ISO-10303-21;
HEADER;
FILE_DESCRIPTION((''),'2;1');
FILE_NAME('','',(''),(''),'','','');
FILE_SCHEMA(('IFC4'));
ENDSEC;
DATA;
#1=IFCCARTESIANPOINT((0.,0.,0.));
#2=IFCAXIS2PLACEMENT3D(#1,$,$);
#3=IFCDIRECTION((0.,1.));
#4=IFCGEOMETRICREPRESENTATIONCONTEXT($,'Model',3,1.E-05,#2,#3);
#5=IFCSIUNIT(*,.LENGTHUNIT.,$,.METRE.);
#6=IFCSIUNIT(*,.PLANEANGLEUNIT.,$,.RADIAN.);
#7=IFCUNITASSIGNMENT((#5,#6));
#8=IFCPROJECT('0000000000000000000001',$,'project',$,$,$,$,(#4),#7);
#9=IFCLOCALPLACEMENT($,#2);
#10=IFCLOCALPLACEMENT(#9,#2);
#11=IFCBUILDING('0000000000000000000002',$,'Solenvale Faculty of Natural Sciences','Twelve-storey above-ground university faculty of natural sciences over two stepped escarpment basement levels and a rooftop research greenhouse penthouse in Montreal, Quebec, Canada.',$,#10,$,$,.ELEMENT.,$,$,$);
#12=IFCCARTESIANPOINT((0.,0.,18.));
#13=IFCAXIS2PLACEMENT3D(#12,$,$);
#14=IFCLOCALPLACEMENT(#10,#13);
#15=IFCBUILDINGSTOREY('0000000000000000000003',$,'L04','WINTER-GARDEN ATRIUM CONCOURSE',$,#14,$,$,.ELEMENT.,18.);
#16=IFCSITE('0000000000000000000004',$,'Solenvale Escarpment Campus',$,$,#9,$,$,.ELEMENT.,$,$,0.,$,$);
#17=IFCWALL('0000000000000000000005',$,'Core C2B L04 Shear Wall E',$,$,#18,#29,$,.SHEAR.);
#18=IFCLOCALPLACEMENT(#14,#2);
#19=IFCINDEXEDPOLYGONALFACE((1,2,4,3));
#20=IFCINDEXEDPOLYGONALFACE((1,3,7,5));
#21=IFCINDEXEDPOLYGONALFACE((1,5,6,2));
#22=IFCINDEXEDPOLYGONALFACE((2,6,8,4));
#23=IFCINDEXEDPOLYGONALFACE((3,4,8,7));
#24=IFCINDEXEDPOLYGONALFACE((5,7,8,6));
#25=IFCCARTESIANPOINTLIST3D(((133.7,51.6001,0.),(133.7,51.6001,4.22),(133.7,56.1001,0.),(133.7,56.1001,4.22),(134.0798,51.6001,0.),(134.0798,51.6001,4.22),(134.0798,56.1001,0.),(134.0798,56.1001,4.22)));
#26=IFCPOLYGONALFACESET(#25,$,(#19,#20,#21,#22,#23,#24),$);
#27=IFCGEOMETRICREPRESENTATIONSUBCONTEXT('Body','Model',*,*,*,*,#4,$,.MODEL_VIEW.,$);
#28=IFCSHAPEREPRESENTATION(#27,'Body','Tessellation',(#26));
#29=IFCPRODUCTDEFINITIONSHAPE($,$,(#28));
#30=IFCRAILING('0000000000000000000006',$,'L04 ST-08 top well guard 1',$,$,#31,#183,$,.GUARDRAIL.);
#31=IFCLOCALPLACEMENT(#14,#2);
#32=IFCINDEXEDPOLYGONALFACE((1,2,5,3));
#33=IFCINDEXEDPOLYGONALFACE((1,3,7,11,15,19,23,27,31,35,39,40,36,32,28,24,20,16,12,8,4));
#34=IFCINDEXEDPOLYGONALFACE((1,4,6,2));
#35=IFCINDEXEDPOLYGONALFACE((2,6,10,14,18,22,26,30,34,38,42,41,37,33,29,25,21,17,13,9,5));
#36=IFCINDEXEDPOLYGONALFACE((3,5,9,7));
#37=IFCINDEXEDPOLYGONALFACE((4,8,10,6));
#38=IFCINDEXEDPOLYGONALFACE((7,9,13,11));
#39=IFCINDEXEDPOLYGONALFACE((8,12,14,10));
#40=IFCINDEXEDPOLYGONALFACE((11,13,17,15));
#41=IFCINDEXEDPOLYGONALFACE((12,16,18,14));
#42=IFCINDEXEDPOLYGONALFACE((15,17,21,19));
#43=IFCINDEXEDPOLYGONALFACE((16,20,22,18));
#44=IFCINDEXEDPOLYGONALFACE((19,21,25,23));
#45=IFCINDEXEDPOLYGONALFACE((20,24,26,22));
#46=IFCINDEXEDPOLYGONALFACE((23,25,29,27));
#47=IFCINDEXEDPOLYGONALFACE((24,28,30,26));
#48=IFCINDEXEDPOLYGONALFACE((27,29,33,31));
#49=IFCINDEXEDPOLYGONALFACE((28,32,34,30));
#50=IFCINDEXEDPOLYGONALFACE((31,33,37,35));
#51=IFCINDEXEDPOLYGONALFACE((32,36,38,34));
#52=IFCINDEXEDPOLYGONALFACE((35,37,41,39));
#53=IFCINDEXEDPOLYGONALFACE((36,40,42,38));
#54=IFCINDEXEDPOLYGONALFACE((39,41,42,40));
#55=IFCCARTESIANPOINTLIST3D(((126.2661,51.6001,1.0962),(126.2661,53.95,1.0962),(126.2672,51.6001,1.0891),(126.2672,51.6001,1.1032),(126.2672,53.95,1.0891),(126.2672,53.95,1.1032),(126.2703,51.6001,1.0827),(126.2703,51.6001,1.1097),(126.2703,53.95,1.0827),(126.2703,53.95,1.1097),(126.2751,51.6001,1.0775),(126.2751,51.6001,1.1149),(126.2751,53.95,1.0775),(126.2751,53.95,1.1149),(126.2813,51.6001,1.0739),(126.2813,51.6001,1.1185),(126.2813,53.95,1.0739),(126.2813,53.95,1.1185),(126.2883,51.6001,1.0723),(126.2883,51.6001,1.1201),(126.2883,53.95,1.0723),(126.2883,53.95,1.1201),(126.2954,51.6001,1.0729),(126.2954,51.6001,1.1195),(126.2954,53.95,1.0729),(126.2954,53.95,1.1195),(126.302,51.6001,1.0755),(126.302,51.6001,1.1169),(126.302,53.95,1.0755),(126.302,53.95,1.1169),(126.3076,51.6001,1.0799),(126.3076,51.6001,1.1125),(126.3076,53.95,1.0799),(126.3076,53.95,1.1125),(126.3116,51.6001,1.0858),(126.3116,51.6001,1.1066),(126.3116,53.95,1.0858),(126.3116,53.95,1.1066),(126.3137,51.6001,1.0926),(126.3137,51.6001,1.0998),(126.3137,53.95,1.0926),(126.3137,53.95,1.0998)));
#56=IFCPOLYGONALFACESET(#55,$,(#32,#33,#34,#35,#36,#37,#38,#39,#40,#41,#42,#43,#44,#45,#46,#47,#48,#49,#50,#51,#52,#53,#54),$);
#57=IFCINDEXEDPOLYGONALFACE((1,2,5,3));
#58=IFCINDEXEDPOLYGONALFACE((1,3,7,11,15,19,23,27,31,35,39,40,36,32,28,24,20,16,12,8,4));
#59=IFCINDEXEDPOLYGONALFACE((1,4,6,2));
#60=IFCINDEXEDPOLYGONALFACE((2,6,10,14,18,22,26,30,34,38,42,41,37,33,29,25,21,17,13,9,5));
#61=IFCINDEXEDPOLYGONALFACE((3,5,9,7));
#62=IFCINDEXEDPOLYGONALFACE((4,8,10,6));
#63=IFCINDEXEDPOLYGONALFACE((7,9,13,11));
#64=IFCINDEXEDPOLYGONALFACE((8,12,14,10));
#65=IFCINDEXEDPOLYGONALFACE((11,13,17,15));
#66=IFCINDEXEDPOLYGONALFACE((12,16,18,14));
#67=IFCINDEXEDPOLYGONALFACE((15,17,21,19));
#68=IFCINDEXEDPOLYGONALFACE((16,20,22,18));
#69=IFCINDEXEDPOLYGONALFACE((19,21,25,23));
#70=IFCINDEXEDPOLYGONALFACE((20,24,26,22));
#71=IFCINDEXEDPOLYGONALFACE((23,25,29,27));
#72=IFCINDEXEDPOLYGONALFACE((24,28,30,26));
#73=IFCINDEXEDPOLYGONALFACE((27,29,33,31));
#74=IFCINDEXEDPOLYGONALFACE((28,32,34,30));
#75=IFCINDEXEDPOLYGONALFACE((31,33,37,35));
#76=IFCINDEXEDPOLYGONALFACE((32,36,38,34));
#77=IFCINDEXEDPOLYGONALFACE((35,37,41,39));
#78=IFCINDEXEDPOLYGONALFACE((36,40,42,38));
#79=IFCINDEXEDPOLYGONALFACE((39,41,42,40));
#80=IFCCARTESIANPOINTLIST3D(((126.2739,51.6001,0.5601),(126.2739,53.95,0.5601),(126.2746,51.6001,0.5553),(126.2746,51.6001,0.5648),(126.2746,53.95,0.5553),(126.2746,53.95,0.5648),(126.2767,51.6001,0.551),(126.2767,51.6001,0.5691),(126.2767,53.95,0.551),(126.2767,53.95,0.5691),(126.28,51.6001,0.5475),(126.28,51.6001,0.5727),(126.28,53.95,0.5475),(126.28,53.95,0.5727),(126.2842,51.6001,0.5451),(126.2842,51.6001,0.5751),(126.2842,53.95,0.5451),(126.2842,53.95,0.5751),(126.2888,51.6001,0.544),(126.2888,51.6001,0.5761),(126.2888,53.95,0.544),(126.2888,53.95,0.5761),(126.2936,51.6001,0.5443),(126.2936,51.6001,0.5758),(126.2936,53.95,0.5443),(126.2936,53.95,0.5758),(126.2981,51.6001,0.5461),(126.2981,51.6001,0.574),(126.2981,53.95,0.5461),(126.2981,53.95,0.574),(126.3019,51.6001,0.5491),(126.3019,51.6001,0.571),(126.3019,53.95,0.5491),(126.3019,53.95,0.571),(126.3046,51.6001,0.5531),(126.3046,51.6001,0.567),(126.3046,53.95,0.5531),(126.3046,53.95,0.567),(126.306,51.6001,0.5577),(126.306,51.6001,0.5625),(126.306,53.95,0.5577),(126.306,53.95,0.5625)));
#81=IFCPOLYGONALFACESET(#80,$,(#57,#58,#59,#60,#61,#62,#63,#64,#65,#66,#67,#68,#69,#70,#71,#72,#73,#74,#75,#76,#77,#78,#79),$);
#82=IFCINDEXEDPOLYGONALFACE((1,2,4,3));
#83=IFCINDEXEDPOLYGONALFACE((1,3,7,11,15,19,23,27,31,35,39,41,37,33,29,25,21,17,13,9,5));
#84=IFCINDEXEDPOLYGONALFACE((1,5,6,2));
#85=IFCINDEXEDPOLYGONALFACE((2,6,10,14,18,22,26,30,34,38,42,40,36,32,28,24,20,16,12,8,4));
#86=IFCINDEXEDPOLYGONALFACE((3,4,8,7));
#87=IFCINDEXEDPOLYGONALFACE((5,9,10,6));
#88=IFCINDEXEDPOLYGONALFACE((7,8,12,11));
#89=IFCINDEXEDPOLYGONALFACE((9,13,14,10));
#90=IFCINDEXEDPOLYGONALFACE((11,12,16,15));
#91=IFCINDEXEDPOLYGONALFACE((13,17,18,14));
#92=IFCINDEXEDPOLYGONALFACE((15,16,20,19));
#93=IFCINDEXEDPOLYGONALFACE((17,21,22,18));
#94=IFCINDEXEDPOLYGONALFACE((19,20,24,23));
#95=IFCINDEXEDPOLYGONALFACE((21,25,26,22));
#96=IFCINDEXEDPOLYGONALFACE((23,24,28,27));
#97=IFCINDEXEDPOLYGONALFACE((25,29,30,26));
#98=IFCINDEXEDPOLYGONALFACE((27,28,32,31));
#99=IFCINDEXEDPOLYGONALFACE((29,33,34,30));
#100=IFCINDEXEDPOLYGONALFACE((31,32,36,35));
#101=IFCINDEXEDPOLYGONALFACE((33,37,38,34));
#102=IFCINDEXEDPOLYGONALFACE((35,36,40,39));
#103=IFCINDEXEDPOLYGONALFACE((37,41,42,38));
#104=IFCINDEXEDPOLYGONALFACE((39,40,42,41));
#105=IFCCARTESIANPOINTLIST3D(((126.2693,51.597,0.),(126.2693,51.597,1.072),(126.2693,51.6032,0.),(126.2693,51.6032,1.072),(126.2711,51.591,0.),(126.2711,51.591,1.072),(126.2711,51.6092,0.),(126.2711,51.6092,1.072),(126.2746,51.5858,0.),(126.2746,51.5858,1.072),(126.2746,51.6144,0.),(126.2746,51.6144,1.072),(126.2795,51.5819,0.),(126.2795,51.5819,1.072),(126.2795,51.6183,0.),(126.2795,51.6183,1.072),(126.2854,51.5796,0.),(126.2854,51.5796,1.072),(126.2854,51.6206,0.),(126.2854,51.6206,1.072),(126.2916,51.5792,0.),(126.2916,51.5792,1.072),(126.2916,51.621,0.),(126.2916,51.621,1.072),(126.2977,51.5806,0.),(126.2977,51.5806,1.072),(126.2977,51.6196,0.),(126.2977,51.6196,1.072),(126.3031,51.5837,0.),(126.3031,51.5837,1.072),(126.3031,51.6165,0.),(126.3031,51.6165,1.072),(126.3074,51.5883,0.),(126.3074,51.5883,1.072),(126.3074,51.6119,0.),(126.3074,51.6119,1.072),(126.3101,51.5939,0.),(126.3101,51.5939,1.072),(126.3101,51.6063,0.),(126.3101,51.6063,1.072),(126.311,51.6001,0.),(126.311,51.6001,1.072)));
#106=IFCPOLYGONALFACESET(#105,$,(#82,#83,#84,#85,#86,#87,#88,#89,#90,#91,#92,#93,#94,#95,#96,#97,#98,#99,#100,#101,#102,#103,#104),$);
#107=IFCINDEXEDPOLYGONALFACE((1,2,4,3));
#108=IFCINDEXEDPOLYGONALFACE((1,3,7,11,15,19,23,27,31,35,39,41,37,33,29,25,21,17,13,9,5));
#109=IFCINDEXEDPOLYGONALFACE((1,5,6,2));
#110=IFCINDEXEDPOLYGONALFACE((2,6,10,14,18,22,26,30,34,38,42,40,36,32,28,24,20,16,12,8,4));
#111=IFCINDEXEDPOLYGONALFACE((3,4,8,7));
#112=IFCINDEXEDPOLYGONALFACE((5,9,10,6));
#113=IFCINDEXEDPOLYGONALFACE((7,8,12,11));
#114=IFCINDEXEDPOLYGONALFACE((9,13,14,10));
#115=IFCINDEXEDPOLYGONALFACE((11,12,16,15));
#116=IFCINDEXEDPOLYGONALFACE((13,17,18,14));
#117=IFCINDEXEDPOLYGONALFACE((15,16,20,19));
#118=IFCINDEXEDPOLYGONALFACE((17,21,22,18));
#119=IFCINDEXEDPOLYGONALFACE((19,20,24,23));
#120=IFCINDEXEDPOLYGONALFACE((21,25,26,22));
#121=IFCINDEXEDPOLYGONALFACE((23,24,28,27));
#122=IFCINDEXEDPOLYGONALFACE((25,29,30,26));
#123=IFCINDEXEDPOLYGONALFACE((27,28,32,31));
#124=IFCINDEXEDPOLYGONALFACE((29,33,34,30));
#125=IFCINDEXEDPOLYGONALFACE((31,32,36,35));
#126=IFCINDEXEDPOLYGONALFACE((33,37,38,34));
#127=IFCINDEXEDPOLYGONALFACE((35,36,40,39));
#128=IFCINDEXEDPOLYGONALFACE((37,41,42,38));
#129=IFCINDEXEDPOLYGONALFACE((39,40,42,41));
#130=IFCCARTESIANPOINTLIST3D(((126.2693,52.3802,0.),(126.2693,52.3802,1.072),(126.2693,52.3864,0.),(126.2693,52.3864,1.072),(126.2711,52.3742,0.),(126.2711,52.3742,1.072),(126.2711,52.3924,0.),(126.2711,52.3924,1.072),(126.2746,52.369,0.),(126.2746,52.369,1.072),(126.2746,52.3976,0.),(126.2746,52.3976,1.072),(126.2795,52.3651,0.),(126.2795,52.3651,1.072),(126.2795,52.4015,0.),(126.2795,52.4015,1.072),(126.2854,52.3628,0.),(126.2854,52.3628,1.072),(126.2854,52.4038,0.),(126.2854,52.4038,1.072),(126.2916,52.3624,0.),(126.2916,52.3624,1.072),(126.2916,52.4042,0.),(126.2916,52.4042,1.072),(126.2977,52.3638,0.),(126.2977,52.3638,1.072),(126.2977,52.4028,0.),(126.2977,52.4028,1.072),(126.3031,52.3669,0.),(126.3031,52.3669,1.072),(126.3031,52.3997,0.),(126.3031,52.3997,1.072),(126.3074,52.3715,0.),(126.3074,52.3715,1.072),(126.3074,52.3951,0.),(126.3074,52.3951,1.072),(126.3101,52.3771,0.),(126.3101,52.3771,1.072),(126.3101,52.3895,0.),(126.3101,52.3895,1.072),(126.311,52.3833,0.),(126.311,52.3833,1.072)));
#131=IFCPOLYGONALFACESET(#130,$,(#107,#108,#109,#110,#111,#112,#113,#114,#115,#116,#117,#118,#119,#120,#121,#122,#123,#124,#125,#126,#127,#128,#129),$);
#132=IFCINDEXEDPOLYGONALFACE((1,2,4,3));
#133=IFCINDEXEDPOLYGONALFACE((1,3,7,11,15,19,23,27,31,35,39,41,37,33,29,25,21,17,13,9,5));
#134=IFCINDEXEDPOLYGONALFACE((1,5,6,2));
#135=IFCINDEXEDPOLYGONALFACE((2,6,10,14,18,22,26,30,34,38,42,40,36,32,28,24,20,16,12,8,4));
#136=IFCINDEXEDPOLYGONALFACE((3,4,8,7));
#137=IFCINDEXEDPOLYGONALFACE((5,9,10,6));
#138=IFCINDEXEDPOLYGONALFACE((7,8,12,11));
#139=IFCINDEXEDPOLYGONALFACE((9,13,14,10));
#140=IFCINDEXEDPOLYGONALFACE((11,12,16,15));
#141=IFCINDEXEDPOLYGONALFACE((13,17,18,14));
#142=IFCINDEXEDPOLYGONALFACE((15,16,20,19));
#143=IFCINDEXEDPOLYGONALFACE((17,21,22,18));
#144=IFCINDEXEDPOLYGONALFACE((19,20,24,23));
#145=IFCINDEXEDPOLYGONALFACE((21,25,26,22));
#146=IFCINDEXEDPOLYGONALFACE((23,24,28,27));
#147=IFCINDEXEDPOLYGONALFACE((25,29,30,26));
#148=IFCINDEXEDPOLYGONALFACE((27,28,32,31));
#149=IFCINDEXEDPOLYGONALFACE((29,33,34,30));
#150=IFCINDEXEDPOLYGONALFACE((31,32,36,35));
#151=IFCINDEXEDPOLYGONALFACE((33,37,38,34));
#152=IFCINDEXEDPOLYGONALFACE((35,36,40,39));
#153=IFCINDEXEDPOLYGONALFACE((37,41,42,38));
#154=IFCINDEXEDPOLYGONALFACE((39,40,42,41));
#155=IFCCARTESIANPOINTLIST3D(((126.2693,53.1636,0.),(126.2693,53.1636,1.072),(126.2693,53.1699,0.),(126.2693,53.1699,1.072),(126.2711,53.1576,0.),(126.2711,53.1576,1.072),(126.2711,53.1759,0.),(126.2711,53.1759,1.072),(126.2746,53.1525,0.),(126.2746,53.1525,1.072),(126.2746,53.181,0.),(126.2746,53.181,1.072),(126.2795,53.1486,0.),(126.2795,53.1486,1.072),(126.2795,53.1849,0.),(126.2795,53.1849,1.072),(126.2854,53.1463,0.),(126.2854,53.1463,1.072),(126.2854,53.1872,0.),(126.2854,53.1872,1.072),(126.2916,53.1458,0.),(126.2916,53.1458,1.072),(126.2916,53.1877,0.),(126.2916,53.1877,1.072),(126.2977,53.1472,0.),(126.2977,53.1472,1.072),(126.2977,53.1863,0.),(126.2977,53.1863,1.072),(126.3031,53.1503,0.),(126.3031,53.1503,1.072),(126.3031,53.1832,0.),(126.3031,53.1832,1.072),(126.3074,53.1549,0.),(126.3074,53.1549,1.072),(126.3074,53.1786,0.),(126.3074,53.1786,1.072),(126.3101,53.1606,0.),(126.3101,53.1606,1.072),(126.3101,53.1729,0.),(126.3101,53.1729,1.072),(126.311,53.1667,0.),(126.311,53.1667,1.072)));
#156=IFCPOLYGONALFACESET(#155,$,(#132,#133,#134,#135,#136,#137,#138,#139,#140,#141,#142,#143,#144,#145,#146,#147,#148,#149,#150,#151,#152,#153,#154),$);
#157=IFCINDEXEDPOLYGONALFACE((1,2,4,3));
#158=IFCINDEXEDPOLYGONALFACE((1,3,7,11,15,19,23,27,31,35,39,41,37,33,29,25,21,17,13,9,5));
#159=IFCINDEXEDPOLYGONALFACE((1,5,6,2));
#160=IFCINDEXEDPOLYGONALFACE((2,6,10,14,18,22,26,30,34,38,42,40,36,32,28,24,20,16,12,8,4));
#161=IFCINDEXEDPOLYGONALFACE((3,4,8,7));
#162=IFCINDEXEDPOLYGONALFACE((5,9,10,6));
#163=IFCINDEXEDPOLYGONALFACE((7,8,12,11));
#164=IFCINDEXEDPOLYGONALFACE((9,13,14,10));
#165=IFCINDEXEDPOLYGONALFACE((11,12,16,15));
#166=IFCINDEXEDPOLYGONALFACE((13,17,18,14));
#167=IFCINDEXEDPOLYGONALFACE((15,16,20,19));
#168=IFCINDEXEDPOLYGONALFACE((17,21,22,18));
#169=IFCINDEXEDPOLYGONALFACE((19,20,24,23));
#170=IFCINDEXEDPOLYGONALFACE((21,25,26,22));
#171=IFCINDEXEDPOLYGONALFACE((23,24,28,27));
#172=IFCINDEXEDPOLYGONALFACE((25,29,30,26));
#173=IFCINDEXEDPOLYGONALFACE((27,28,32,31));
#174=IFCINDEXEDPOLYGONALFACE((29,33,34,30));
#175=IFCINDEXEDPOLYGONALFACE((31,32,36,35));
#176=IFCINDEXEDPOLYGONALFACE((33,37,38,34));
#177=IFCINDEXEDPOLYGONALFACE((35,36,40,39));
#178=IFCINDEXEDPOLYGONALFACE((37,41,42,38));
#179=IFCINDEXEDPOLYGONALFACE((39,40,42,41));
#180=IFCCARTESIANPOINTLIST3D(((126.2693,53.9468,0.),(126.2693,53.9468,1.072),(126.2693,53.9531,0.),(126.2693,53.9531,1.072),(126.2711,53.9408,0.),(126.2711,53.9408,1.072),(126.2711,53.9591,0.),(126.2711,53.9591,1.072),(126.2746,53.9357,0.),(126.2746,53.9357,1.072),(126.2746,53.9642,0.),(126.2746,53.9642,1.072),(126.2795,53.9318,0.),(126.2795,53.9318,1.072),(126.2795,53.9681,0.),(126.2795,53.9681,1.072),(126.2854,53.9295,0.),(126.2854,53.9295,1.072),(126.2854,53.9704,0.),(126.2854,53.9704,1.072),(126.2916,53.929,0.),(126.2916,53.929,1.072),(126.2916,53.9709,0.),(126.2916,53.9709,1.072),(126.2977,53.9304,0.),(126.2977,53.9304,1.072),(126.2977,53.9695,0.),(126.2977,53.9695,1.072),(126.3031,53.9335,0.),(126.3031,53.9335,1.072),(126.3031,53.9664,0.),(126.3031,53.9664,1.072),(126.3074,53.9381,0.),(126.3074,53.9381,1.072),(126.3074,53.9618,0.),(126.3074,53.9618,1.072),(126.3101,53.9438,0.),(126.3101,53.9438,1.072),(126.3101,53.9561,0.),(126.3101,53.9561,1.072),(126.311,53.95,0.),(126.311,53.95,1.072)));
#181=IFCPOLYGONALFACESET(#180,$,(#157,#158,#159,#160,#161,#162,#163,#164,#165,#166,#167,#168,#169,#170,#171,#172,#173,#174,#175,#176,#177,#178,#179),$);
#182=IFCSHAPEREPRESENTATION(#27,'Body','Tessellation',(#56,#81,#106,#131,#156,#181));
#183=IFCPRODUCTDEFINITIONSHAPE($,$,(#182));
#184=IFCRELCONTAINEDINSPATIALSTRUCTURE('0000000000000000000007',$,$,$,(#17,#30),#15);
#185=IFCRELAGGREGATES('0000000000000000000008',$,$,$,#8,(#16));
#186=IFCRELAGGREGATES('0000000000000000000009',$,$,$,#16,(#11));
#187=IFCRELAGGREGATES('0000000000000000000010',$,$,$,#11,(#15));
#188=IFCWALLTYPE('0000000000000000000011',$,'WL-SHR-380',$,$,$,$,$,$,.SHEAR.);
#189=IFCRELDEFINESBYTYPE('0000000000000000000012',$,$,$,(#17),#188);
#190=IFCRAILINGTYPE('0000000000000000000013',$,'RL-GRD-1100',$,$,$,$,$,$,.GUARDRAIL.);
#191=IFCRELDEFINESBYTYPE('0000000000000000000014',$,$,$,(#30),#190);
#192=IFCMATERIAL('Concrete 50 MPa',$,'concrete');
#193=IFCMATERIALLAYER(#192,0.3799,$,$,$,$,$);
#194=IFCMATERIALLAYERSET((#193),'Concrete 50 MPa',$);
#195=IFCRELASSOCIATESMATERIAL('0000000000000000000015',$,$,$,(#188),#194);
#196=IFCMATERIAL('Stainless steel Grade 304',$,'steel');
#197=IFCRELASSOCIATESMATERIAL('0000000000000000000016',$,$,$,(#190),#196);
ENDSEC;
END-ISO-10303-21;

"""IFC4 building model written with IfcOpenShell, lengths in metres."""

from ifc_helpers import new_model, si_unit, direction, frame, frame_2d, origin, origin_2d, place, context, subcontext, project, spatial, rectangle, circle, extrude, material, layer, layer_set, type_object, element, save


model = new_model("IFC4")

# Units and contexts
model_context = context("Model", 3, precision=1e-05, world=origin(), true_north=direction((0.0, 1.0)))
body_context = subcontext(model_context, "Body", "Model", "MODEL_VIEW")
ifc_project = project(units=[si_unit("LENGTHUNIT", "METRE"), si_unit("PLANEANGLEUNIT", "RADIAN")], contexts=[model_context])

# Site, building, storey
site_placement = place(None, origin())
site = spatial("IfcSite", under=ifc_project, at=site_placement, Name="Solenvale Escarpment Campus", CompositionType="ELEMENT", RefElevation=0.0)
building_placement = place(site_placement, origin())
building = spatial("IfcBuilding", under=site, at=building_placement, Name="Solenvale Faculty of Natural Sciences", Description="Twelve-storey above-ground university faculty of natural sciences over two stepped escarpment basement levels and a rooftop research greenhouse penthouse in Montreal, Quebec, Canada.", CompositionType="ELEMENT")
storey_placement = place(building_placement, frame((0.0, 0.0, 18.0)))
storey = spatial("IfcBuildingStorey", under=building, at=storey_placement, Name="L04", Description="WINTER-GARDEN ATRIUM CONCOURSE", CompositionType="ELEMENT", Elevation=18.0)

# Shared definitions
ifc_material_1 = material(Name="Concrete 50 MPa", Category="concrete")

# Shared definitions
ifc_layer_1 = layer(ifc_material_1, 0.3799)
ifc_layer_set_1 = layer_set([ifc_layer_1], Name="Concrete 50 MPa")
wall_type_1 = type_object("IfcWallType", Name="WL-SHR-380", PredefinedType="SHEAR", material=ifc_layer_set_1)

# Wall
wall_1_placement = place(storey_placement, frame((133.8899, 51.6001, 0.0), z_axis=(0.0, 0.0, 1.0), x_axis=(0.0, 1.0, 0.0)))
element("IfcWall", 1, at=wall_1_placement, inside=storey, type_object=wall_type_1, Name="Core C2B L04 Shear Wall E", PredefinedType="SHEAR", context=body_context, shape_type="SweptSolid", body=[
    extrude(rectangle(XDim=4.5, YDim=0.3799, at=frame_2d((2.25, 0.0))), origin(), (0.0, 0.0, 1.0), 4.22),
])

# Railing
ifc_material_2 = material(Name="Stainless steel Grade 304", Category="steel")
railing_type = type_object("IfcRailingType", Name="RL-GRD-1100", PredefinedType="GUARDRAIL", material=ifc_material_2)
railing_placement = place(storey_placement, frame((126.29, 51.6001, 0.0)))
element("IfcRailing", 2, at=railing_placement, inside=storey, type_object=railing_type, Name="L04 ST-08 top well guard 1", PredefinedType="GUARDRAIL", context=body_context, shape_type="SweptSolid", body=[
    extrude(circle(Radius=0.0239, at=origin_2d()), frame((0.0, 0.0, 1.0962), z_axis=(0.0, 1.0, 0.0), x_axis=(-1.0, 0.0, 0.0)), (0.0, 0.0, 1.0), 2.3499),
    extrude(circle(Radius=0.0161, at=origin_2d()), frame((0.0, 0.0, 0.5601), z_axis=(0.0, 1.0, 0.0), x_axis=(-1.0, 0.0, 0.0)), (0.0, 0.0, 1.0), 2.3499),
    extrude(circle(Radius=0.021, at=origin_2d()), origin(), (0.0, 0.0, 1.0), 1.072),
    extrude(circle(Radius=0.021, at=origin_2d()), frame((0.0, 0.7832, 0.0)), (0.0, 0.0, 1.0), 1.072),
    extrude(circle(Radius=0.021, at=origin_2d()), frame((0.0, 1.5667, 0.0)), (0.0, 0.0, 1.0), 1.072),
    extrude(circle(Radius=0.021, at=origin_2d()), frame((0.0, 2.3499, 0.0)), (0.0, 0.0, 1.0), 1.072),
])

save(model, "model.ifc")
